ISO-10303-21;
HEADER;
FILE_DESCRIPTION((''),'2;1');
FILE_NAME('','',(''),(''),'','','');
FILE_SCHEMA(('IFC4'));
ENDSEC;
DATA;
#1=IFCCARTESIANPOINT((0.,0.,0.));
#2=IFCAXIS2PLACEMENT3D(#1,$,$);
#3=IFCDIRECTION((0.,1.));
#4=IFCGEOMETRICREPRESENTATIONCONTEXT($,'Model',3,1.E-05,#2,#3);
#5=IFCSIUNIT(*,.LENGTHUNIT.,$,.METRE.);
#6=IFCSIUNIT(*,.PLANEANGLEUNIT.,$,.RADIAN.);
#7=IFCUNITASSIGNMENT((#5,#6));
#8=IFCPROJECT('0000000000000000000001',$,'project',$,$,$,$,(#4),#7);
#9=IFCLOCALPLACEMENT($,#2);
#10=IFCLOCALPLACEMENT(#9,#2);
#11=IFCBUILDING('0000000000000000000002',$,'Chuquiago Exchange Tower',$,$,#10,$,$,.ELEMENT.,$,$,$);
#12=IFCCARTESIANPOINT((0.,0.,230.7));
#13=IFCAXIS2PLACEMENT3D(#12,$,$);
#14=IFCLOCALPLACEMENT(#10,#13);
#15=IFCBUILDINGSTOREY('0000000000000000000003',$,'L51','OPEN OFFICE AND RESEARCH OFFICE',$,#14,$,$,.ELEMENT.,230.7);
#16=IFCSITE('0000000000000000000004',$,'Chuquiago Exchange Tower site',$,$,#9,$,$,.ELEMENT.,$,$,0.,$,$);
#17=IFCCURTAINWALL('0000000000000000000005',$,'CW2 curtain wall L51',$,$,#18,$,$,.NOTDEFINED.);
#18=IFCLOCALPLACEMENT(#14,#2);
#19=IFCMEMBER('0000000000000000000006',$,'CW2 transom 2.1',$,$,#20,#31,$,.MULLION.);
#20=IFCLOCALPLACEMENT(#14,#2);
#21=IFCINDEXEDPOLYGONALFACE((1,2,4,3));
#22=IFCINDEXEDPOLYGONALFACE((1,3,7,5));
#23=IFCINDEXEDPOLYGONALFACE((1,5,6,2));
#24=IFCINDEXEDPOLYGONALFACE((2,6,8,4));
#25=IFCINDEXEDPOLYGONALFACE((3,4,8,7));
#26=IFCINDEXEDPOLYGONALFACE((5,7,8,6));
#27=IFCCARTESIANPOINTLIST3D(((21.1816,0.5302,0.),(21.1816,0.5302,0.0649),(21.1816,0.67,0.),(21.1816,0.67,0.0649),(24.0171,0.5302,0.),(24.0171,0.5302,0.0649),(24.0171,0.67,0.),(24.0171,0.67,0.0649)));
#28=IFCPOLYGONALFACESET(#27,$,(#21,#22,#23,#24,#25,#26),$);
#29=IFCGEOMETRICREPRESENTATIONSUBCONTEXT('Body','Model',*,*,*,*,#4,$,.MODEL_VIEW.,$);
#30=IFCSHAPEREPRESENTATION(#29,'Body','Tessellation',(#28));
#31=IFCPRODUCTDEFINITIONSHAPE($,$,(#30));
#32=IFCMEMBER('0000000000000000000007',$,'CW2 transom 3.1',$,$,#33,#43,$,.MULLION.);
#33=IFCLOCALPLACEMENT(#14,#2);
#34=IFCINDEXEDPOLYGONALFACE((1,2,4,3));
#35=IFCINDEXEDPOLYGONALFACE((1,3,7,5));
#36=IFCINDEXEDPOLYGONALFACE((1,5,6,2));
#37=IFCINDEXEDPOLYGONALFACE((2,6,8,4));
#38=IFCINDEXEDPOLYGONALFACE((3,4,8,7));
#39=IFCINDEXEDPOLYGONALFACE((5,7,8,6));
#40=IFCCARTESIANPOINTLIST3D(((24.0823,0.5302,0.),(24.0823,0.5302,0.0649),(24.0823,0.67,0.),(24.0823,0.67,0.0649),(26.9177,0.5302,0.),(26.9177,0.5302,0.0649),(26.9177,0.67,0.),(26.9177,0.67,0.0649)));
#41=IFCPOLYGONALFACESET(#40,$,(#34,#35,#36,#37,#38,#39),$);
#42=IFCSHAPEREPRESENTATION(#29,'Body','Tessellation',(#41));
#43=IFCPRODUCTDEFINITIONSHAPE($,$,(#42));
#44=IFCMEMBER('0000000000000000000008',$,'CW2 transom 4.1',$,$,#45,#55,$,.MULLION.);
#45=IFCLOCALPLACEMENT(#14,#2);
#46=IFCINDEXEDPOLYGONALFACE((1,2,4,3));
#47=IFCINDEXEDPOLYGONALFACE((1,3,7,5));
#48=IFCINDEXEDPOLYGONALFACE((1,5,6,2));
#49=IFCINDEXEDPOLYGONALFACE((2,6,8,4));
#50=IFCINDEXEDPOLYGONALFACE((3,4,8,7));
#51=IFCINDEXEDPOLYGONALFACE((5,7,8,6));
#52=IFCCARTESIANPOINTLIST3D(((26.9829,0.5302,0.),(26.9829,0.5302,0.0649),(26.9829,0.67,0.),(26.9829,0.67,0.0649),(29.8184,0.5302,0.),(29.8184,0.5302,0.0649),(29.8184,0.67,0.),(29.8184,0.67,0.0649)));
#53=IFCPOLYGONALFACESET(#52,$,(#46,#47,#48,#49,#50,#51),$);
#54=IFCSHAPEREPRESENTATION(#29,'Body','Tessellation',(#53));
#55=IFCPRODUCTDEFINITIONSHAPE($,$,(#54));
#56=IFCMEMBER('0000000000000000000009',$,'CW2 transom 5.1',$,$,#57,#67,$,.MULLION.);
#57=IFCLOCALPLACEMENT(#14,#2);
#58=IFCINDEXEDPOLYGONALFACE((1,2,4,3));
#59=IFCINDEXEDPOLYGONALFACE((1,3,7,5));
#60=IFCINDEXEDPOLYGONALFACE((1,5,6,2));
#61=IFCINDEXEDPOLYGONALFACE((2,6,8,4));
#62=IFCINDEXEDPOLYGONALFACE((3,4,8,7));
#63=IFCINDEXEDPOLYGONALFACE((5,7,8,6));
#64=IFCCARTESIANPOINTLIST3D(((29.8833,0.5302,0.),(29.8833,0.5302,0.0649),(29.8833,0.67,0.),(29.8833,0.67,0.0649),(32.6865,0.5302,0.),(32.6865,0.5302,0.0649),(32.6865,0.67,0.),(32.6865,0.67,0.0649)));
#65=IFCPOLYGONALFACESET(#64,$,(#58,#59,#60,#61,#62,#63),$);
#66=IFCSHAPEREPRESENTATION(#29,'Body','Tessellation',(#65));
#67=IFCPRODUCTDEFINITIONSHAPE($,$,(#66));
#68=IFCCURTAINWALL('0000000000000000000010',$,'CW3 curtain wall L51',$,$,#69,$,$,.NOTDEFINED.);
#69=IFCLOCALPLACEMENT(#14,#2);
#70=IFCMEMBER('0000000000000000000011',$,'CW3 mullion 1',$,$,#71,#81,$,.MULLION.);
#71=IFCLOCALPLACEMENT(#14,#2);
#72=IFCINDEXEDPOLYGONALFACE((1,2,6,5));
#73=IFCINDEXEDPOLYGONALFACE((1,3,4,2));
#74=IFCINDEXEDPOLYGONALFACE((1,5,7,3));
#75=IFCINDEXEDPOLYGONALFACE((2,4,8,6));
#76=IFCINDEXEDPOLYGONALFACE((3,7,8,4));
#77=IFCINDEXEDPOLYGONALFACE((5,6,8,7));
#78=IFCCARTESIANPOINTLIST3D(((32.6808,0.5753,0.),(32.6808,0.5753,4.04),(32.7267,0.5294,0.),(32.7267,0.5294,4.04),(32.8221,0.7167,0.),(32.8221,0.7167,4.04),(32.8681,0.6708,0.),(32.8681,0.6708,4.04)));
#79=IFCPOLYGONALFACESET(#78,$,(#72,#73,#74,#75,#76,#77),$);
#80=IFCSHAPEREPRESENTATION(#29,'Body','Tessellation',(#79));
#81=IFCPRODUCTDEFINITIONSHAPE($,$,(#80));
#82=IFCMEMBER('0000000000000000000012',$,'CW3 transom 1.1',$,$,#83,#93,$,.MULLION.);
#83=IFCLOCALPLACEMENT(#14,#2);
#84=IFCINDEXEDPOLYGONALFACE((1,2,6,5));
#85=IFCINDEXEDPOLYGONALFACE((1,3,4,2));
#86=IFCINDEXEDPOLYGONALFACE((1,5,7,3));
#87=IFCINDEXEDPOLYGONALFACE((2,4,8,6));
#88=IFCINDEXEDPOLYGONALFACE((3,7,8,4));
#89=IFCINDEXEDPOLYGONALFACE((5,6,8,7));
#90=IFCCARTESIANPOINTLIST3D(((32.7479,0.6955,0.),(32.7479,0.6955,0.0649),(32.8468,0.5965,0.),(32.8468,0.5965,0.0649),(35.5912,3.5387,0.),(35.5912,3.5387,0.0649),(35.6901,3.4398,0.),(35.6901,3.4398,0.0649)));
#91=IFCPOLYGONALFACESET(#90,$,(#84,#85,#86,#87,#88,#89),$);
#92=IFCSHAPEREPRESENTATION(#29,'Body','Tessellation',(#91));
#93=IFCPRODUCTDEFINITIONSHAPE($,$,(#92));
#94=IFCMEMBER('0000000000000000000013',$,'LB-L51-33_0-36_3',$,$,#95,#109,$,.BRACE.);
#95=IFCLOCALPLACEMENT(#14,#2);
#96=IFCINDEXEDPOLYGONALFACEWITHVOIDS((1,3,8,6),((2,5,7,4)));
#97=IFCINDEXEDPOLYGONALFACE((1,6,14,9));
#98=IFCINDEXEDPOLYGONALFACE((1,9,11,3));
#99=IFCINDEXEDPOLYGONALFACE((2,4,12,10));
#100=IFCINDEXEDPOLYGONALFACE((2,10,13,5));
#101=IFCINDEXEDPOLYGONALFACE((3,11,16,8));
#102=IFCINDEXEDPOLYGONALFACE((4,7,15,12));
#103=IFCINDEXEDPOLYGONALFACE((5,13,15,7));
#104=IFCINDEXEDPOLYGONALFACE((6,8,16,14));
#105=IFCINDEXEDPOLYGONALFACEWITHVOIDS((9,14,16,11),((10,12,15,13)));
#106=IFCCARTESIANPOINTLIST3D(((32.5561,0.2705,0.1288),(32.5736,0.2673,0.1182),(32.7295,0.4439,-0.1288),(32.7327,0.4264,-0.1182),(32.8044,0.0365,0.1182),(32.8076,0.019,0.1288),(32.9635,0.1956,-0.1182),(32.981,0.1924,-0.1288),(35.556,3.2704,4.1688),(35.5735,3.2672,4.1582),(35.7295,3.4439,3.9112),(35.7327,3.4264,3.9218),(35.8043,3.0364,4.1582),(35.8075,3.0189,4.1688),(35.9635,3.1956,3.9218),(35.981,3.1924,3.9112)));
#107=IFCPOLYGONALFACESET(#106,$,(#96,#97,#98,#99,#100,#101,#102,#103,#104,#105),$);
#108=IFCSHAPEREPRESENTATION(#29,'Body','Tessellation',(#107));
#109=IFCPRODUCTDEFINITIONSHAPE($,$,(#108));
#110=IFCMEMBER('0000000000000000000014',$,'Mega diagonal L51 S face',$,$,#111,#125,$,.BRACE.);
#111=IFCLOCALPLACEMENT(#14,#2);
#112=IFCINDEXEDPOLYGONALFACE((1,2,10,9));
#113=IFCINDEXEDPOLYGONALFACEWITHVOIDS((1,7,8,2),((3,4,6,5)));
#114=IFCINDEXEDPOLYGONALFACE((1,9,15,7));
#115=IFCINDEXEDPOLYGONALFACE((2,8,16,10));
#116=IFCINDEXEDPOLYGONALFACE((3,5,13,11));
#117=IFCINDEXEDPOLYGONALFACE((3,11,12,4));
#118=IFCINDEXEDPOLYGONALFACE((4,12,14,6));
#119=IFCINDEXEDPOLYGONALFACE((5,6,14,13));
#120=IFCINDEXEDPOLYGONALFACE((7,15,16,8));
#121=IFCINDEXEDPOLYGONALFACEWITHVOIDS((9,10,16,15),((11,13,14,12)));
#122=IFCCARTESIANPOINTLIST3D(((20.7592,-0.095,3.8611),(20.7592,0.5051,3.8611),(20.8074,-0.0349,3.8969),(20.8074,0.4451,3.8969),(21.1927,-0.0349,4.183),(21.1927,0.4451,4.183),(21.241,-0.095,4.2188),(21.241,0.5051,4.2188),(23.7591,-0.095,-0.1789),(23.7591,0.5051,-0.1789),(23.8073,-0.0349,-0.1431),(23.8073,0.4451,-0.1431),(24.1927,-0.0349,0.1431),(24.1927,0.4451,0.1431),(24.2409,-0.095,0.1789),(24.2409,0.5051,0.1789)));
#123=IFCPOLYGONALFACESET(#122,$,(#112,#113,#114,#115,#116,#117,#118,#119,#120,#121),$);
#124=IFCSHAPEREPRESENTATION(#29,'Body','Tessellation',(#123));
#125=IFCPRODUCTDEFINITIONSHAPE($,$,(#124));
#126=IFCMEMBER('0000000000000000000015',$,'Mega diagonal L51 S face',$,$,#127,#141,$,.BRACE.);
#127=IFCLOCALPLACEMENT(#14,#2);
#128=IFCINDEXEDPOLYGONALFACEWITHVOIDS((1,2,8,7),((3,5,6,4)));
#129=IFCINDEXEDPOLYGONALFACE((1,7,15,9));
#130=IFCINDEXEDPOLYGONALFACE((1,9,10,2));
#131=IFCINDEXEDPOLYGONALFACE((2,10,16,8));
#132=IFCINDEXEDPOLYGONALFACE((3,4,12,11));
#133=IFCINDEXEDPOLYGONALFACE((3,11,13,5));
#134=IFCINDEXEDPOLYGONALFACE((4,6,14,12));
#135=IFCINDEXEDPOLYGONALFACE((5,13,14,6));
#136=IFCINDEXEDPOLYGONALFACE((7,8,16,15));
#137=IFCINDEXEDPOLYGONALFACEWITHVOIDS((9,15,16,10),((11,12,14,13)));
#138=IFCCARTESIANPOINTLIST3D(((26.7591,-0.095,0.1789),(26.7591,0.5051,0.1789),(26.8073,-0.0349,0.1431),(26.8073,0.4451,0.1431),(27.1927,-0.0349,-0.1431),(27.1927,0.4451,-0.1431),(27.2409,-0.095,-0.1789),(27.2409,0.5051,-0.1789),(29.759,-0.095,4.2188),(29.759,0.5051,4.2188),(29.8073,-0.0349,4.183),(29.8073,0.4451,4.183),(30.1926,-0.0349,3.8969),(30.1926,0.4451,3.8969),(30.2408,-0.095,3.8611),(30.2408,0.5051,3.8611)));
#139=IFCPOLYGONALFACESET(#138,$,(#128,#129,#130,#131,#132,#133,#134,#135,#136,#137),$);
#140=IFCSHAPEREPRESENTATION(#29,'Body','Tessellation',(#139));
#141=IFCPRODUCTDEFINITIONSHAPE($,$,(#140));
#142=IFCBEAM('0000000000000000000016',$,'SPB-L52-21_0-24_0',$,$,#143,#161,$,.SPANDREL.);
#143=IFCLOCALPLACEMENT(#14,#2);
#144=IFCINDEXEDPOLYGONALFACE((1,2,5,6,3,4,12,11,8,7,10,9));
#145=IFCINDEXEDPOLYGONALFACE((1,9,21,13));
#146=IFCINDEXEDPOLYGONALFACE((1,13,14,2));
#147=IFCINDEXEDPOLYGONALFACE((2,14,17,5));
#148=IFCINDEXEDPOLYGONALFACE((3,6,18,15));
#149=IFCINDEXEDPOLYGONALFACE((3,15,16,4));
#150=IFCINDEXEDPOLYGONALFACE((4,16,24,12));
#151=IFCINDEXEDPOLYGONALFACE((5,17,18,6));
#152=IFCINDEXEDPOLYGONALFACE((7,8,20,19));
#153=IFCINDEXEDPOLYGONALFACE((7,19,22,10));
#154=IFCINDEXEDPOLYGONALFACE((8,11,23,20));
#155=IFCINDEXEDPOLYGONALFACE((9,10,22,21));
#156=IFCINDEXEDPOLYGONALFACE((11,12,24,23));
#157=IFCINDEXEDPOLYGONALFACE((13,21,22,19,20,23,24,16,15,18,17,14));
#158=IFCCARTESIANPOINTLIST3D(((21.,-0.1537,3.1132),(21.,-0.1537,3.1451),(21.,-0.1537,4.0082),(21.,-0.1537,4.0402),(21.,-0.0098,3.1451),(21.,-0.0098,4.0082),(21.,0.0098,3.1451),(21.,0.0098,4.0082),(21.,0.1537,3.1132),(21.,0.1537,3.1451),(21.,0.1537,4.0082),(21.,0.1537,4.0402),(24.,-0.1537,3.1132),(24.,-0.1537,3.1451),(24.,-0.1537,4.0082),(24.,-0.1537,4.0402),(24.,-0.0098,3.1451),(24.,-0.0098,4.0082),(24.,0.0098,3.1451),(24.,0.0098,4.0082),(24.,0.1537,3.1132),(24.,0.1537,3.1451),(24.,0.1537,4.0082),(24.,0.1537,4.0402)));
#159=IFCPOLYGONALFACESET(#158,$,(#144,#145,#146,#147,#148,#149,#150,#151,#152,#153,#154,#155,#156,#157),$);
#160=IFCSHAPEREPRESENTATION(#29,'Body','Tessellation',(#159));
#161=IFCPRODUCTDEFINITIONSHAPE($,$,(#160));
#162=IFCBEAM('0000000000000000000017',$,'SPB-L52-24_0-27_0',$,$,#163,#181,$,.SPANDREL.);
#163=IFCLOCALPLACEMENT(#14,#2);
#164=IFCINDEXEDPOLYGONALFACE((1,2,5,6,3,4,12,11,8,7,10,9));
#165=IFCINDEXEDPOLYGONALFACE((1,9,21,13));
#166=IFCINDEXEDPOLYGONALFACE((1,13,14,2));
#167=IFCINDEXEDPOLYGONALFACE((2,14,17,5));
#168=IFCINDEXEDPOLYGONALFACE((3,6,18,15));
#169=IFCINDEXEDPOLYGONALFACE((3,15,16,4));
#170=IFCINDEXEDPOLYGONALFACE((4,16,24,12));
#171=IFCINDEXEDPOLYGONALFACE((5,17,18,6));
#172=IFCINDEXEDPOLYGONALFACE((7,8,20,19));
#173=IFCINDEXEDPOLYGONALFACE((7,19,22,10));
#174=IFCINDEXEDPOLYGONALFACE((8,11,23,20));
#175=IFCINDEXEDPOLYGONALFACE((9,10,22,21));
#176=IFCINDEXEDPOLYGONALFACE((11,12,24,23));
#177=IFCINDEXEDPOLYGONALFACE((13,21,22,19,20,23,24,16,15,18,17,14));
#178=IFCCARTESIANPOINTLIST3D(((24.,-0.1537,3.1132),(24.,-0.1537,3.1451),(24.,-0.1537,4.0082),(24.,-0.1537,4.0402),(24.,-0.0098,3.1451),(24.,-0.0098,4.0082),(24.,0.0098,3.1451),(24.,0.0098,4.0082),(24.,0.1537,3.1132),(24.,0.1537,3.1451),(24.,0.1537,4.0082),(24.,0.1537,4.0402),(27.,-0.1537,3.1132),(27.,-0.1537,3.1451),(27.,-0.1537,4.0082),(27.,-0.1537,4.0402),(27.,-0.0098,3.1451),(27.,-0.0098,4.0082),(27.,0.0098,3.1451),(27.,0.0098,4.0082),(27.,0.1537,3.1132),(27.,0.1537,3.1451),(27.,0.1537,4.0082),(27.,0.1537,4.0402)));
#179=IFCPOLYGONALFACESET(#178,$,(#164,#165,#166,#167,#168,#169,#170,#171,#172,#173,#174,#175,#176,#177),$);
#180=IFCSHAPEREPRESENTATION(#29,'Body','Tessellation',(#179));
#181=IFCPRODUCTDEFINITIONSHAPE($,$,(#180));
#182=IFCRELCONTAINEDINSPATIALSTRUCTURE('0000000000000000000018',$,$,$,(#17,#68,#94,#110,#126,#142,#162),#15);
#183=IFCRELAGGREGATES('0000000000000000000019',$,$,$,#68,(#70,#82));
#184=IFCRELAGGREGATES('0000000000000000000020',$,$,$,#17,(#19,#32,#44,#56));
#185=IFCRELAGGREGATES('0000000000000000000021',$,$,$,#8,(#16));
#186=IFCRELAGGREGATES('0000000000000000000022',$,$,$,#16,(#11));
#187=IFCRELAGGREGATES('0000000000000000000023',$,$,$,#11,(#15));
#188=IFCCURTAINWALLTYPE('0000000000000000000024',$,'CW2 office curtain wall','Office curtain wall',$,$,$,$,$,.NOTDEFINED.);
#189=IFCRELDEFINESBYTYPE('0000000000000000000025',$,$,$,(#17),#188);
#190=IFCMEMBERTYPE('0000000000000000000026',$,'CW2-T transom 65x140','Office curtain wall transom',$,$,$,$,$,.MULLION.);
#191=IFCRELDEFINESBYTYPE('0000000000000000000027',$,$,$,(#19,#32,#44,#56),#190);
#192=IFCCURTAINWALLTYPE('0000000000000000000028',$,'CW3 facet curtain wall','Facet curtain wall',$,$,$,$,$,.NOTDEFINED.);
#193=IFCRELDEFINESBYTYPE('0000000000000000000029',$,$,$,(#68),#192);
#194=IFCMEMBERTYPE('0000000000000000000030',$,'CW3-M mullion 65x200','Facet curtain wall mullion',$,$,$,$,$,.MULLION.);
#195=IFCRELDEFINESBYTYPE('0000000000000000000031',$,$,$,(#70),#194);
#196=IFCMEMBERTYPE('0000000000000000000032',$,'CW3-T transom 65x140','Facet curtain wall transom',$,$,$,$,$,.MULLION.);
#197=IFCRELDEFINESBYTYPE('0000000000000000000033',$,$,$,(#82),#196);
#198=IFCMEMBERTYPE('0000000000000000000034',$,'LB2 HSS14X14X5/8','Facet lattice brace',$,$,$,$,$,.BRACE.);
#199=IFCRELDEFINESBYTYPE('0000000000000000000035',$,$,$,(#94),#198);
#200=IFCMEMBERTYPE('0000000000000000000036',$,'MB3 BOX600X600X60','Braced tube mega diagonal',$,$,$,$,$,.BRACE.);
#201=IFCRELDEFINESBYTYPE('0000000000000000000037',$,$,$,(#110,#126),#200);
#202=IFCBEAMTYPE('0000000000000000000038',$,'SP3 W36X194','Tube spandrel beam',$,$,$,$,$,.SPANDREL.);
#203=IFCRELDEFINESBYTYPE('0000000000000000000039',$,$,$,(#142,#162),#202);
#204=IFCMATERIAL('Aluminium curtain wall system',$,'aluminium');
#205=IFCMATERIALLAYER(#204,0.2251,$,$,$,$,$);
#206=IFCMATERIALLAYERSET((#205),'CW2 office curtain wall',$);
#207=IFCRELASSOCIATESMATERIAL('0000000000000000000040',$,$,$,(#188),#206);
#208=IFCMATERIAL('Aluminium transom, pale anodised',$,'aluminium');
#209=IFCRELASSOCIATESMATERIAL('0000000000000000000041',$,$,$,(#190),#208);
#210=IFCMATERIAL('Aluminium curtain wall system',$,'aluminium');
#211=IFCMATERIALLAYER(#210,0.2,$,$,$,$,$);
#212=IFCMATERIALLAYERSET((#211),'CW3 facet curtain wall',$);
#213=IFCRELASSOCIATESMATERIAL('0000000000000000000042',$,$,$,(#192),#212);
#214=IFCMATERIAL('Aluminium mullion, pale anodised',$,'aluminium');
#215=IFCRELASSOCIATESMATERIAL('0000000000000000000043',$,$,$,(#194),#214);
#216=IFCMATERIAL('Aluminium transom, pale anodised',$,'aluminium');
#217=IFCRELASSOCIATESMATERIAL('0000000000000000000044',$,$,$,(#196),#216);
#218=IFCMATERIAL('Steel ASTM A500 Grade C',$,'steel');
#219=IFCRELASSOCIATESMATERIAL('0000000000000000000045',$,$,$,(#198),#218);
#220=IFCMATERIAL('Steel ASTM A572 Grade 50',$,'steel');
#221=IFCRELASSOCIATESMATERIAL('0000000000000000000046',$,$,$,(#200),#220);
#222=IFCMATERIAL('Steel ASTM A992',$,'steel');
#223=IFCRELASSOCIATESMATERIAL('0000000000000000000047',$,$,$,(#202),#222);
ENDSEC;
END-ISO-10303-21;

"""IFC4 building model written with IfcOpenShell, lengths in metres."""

from ifc_helpers import new_model, si_unit, direction, frame, origin, origin_2d, place, context, subcontext, project, spatial, rectangle, hollow_rectangle, i_section, extrude, material, layer, layer_set, material_profile, profile_set, type_object, element, aggregate, save


model = new_model("IFC4")

# Units and contexts
model_context = context("Model", 3, precision=1e-05, world=origin(), true_north=direction((0.0, 1.0)))
body_context = subcontext(model_context, "Body", "Model", "MODEL_VIEW")
ifc_project = project(units=[si_unit("LENGTHUNIT", "METRE"), si_unit("PLANEANGLEUNIT", "RADIAN")], contexts=[model_context])

# Site, building, storey
site_placement = place(None, origin())
site = spatial("IfcSite", under=ifc_project, at=site_placement, Name="Chuquiago Exchange Tower site", CompositionType="ELEMENT", RefElevation=0.0)
building_placement = place(site_placement, origin())
building = spatial("IfcBuilding", under=site, at=building_placement, Name="Chuquiago Exchange Tower", CompositionType="ELEMENT")
storey_placement = place(building_placement, frame((0.0, 0.0, 230.7)))
storey = spatial("IfcBuildingStorey", under=building, at=storey_placement, Name="L51", Description="OPEN OFFICE AND RESEARCH OFFICE", CompositionType="ELEMENT", Elevation=230.7)

# Curtain walls, members
ifc_material_1 = material(Name="Aluminium curtain wall system", Category="aluminium")
ifc_layer_1 = layer(ifc_material_1, 0.2251)
ifc_layer_set_1 = layer_set([ifc_layer_1], Name="CW2 office curtain wall")
curtain_wall_type_1 = type_object("IfcCurtainWallType", Name="CW2 office curtain wall", Description="Office curtain wall", PredefinedType="NOTDEFINED", material=ifc_layer_set_1)
curtain_wall_1_placement = place(storey_placement, origin())
curtain_wall_1 = element("IfcCurtainWall", 1, at=curtain_wall_1_placement, inside=storey, type_object=curtain_wall_type_1, Name="CW2 curtain wall L51", PredefinedType="NOTDEFINED")
ifc_material_2 = material(Name="Aluminium transom, pale anodised", Category="aluminium")
ifc_material_profile_1 = material_profile(ifc_material_2, rectangle(XDim=0.1399, YDim=0.0649, at=origin_2d()), Name="AL 140x65")
ifc_profile_set_1 = profile_set([ifc_material_profile_1], Name="Aluminium transom, pale anodised")
member_type_1 = type_object("IfcMemberType", Name="CW2-T transom 65x140", Description="Office curtain wall transom", PredefinedType="MULLION", material=ifc_profile_set_1)
member_1_placement = place(storey_placement, frame((21.1816, 0.6001, 0.0325), z_axis=(1.0, 0.0, 0.0), x_axis=(0.0, 1.0, 0.0)))
member_1 = element("IfcMember", 2, at=member_1_placement, type_object=member_type_1, Name="CW2 transom 2.1", PredefinedType="MULLION", context=body_context, shape_type="SweptSolid", body=[
    extrude(rectangle(XDim=0.1399, YDim=0.0649, at=origin_2d()), origin(), (0.0, 0.0, 1.0), 2.8354),
])
member_2_placement = place(storey_placement, frame((24.0823, 0.6001, 0.0325), z_axis=(1.0, 0.0, 0.0), x_axis=(0.0, 1.0, 0.0)))
member_2 = element("IfcMember", 3, at=member_2_placement, type_object=member_type_1, Name="CW2 transom 3.1", PredefinedType="MULLION", context=body_context, shape_type="SweptSolid", body=[
    extrude(rectangle(XDim=0.1399, YDim=0.0649, at=origin_2d()), origin(), (0.0, 0.0, 1.0), 2.8354),
])
member_3_placement = place(storey_placement, frame((26.9829, 0.6001, 0.0325), z_axis=(1.0, 0.0, 0.0), x_axis=(0.0, 1.0, 0.0)))
member_3 = element("IfcMember", 4, at=member_3_placement, type_object=member_type_1, Name="CW2 transom 4.1", PredefinedType="MULLION", context=body_context, shape_type="SweptSolid", body=[
    extrude(rectangle(XDim=0.1399, YDim=0.0649, at=origin_2d()), origin(), (0.0, 0.0, 1.0), 2.8354),
])
member_4_placement = place(storey_placement, frame((29.8833, 0.6001, 0.0325), z_axis=(1.0, 0.0, 0.0), x_axis=(0.0, 1.0, 0.0)))
member_4 = element("IfcMember", 5, at=member_4_placement, type_object=member_type_1, Name="CW2 transom 5.1", PredefinedType="MULLION", context=body_context, shape_type="SweptSolid", body=[
    extrude(rectangle(XDim=0.1399, YDim=0.0649, at=origin_2d()), origin(), (0.0, 0.0, 1.0), 2.8032),
])
ifc_material_3 = material(Name="Aluminium curtain wall system", Category="aluminium")
ifc_layer_2 = layer(ifc_material_3, 0.2)
ifc_layer_set_2 = layer_set([ifc_layer_2], Name="CW3 facet curtain wall")
curtain_wall_type_2 = type_object("IfcCurtainWallType", Name="CW3 facet curtain wall", Description="Facet curtain wall", PredefinedType="NOTDEFINED", material=ifc_layer_set_2)
curtain_wall_2_placement = place(storey_placement, origin())
curtain_wall_2 = element("IfcCurtainWall", 6, at=curtain_wall_2_placement, inside=storey, type_object=curtain_wall_type_2, Name="CW3 curtain wall L51", PredefinedType="NOTDEFINED")
ifc_material_4 = material(Name="Aluminium mullion, pale anodised", Category="aluminium")
ifc_material_profile_2 = material_profile(ifc_material_4, rectangle(XDim=0.0649, YDim=0.2, at=origin_2d()), Name="AL 65x200")
ifc_profile_set_2 = profile_set([ifc_material_profile_2], Name="Aluminium mullion, pale anodised")
member_type_2 = type_object("IfcMemberType", Name="CW3-M mullion 65x200", Description="Facet curtain wall mullion", PredefinedType="MULLION", material=ifc_profile_set_2)
member_5_placement = place(storey_placement, frame((32.7744, 0.623, 0.0), z_axis=(0.0, 0.0, 1.0), x_axis=(-0.707107, 0.707107, 0.0)))
member_5 = element("IfcMember", 7, at=member_5_placement, type_object=member_type_2, Name="CW3 mullion 1", PredefinedType="MULLION", context=body_context, shape_type="SweptSolid", body=[
    extrude(rectangle(XDim=0.0649, YDim=0.2, at=origin_2d()), origin(), (0.0, 0.0, 1.0), 4.04),
])
ifc_material_5 = material(Name="Aluminium transom, pale anodised", Category="aluminium")
ifc_material_profile_3 = material_profile(ifc_material_5, rectangle(XDim=0.1399, YDim=0.0649, at=origin_2d()), Name="AL 140x65")
ifc_profile_set_3 = profile_set([ifc_material_profile_3], Name="Aluminium transom, pale anodised")
member_type_3 = type_object("IfcMemberType", Name="CW3-T transom 65x140", Description="Facet curtain wall transom", PredefinedType="MULLION", material=ifc_profile_set_3)
member_6_placement = place(storey_placement, frame((32.7974, 0.646, 0.0325), z_axis=(0.707107, 0.707107, 0.0), x_axis=(-0.707107, 0.707107, 0.0)))
member_6 = element("IfcMember", 8, at=member_6_placement, type_object=member_type_3, Name="CW3 transom 1.1", PredefinedType="MULLION", context=body_context, shape_type="SweptSolid", body=[
    extrude(rectangle(XDim=0.1399, YDim=0.0649, at=origin_2d()), origin(), (0.0, 0.0, 1.0), 4.021),
])
aggregate(curtain_wall_2, [member_5, member_6])

# Members
ifc_material_6 = material(Name="Steel ASTM A500 Grade C", Category="steel")
ifc_material_profile_4 = material_profile(ifc_material_6, hollow_rectangle(XDim=0.3557, YDim=0.3557, WallThickness=0.0146, at=origin_2d()), Name="HSS14X14X5/8")
ifc_profile_set_4 = profile_set([ifc_material_profile_4], Name="Steel ASTM A500 Grade C")
member_type_4 = type_object("IfcMemberType", Name="LB2 HSS14X14X5/8", Description="Facet lattice brace", PredefinedType="BRACE", material=ifc_profile_set_4)
member_7_placement = place(storey_placement, frame((32.7686, 0.2314, 0.0), z_axis=(0.512077, 0.512077, 0.689604), x_axis=(-0.707107, 0.707107, 0.0)))
element("IfcMember", 9, at=member_7_placement, inside=storey, type_object=member_type_4, Name="LB-L51-33_0-36_3", PredefinedType="BRACE", context=body_context, shape_type="SweptSolid", body=[
    extrude(hollow_rectangle(XDim=0.3557, YDim=0.3557, WallThickness=0.0146, at=origin_2d()), origin(), (0.0, 0.0, 1.0), 5.8584),
])
ifc_material_7 = material(Name="Steel ASTM A572 Grade 50", Category="steel")
ifc_material_profile_5 = material_profile(ifc_material_7, hollow_rectangle(XDim=0.6001, YDim=0.6001, WallThickness=0.0601, at=origin_2d()), Name="BOX600X600X60")
ifc_profile_set_5 = profile_set([ifc_material_profile_5], Name="Steel ASTM A572 Grade 50")
member_type_5 = type_object("IfcMemberType", Name="MB3 BOX600X600X60", Description="Braced tube mega diagonal", PredefinedType="BRACE", material=ifc_profile_set_5)
for number, where, z_axis, x_axis, name in (
    (10, (24.0, 0.2051, 0.0), (-0.596174, 0.0, 0.802855), (0.0, -1.0, 0.0), "Mega diagonal L51 S face"),
    (11, (27.0, 0.2051, 0.0), (0.596174, 0.0, 0.802855), (0.0, 1.0, 0.0), "Mega diagonal L51 S face"),
):
    element("IfcMember", number, at=place(storey_placement, frame(where, z_axis=z_axis, x_axis=x_axis)), inside=storey, type_object=member_type_5, Name=name, PredefinedType="BRACE", context=body_context, shape_type="SweptSolid", body=[
        extrude(hollow_rectangle(XDim=0.6001, YDim=0.6001, WallThickness=0.0601, at=origin_2d()), origin(), (0.0, 0.0, 1.0), 5.032),
    ])

# Beams
ifc_material_8 = material(Name="Steel ASTM A992", Category="steel")
ifc_material_profile_6 = material_profile(ifc_material_8, i_section(OverallWidth=0.3074, OverallDepth=0.927, WebThickness=0.0195, FlangeThickness=0.032, at=origin_2d()), Name="W36X194")
ifc_profile_set_6 = profile_set([ifc_material_profile_6], Name="Steel ASTM A992")
beam_type = type_object("IfcBeamType", Name="SP3 W36X194", Description="Tube spandrel beam", PredefinedType="SPANDREL", material=ifc_profile_set_6)
for number, where, z_axis, x_axis, name in (
    (12, (21.0, 0.0, 3.5767), (1.0, 0.0, 0.0), (0.0, 1.0, 0.0), "SPB-L52-21_0-24_0"),
    (13, (24.0, 0.0, 3.5767), (1.0, 0.0, 0.0), (0.0, 1.0, 0.0), "SPB-L52-24_0-27_0"),
):
    element("IfcBeam", number, at=place(storey_placement, frame(where, z_axis=z_axis, x_axis=x_axis)), inside=storey, type_object=beam_type, Name=name, PredefinedType="SPANDREL", context=body_context, shape_type="SweptSolid", body=[
        extrude(i_section(OverallWidth=0.3074, OverallDepth=0.927, WebThickness=0.0195, FlangeThickness=0.032, at=origin_2d()), origin(), (0.0, 0.0, 1.0), 3.0),
    ])

aggregate(curtain_wall_1, [member_1, member_2, member_3, member_4])

save(model, "model.ifc")
